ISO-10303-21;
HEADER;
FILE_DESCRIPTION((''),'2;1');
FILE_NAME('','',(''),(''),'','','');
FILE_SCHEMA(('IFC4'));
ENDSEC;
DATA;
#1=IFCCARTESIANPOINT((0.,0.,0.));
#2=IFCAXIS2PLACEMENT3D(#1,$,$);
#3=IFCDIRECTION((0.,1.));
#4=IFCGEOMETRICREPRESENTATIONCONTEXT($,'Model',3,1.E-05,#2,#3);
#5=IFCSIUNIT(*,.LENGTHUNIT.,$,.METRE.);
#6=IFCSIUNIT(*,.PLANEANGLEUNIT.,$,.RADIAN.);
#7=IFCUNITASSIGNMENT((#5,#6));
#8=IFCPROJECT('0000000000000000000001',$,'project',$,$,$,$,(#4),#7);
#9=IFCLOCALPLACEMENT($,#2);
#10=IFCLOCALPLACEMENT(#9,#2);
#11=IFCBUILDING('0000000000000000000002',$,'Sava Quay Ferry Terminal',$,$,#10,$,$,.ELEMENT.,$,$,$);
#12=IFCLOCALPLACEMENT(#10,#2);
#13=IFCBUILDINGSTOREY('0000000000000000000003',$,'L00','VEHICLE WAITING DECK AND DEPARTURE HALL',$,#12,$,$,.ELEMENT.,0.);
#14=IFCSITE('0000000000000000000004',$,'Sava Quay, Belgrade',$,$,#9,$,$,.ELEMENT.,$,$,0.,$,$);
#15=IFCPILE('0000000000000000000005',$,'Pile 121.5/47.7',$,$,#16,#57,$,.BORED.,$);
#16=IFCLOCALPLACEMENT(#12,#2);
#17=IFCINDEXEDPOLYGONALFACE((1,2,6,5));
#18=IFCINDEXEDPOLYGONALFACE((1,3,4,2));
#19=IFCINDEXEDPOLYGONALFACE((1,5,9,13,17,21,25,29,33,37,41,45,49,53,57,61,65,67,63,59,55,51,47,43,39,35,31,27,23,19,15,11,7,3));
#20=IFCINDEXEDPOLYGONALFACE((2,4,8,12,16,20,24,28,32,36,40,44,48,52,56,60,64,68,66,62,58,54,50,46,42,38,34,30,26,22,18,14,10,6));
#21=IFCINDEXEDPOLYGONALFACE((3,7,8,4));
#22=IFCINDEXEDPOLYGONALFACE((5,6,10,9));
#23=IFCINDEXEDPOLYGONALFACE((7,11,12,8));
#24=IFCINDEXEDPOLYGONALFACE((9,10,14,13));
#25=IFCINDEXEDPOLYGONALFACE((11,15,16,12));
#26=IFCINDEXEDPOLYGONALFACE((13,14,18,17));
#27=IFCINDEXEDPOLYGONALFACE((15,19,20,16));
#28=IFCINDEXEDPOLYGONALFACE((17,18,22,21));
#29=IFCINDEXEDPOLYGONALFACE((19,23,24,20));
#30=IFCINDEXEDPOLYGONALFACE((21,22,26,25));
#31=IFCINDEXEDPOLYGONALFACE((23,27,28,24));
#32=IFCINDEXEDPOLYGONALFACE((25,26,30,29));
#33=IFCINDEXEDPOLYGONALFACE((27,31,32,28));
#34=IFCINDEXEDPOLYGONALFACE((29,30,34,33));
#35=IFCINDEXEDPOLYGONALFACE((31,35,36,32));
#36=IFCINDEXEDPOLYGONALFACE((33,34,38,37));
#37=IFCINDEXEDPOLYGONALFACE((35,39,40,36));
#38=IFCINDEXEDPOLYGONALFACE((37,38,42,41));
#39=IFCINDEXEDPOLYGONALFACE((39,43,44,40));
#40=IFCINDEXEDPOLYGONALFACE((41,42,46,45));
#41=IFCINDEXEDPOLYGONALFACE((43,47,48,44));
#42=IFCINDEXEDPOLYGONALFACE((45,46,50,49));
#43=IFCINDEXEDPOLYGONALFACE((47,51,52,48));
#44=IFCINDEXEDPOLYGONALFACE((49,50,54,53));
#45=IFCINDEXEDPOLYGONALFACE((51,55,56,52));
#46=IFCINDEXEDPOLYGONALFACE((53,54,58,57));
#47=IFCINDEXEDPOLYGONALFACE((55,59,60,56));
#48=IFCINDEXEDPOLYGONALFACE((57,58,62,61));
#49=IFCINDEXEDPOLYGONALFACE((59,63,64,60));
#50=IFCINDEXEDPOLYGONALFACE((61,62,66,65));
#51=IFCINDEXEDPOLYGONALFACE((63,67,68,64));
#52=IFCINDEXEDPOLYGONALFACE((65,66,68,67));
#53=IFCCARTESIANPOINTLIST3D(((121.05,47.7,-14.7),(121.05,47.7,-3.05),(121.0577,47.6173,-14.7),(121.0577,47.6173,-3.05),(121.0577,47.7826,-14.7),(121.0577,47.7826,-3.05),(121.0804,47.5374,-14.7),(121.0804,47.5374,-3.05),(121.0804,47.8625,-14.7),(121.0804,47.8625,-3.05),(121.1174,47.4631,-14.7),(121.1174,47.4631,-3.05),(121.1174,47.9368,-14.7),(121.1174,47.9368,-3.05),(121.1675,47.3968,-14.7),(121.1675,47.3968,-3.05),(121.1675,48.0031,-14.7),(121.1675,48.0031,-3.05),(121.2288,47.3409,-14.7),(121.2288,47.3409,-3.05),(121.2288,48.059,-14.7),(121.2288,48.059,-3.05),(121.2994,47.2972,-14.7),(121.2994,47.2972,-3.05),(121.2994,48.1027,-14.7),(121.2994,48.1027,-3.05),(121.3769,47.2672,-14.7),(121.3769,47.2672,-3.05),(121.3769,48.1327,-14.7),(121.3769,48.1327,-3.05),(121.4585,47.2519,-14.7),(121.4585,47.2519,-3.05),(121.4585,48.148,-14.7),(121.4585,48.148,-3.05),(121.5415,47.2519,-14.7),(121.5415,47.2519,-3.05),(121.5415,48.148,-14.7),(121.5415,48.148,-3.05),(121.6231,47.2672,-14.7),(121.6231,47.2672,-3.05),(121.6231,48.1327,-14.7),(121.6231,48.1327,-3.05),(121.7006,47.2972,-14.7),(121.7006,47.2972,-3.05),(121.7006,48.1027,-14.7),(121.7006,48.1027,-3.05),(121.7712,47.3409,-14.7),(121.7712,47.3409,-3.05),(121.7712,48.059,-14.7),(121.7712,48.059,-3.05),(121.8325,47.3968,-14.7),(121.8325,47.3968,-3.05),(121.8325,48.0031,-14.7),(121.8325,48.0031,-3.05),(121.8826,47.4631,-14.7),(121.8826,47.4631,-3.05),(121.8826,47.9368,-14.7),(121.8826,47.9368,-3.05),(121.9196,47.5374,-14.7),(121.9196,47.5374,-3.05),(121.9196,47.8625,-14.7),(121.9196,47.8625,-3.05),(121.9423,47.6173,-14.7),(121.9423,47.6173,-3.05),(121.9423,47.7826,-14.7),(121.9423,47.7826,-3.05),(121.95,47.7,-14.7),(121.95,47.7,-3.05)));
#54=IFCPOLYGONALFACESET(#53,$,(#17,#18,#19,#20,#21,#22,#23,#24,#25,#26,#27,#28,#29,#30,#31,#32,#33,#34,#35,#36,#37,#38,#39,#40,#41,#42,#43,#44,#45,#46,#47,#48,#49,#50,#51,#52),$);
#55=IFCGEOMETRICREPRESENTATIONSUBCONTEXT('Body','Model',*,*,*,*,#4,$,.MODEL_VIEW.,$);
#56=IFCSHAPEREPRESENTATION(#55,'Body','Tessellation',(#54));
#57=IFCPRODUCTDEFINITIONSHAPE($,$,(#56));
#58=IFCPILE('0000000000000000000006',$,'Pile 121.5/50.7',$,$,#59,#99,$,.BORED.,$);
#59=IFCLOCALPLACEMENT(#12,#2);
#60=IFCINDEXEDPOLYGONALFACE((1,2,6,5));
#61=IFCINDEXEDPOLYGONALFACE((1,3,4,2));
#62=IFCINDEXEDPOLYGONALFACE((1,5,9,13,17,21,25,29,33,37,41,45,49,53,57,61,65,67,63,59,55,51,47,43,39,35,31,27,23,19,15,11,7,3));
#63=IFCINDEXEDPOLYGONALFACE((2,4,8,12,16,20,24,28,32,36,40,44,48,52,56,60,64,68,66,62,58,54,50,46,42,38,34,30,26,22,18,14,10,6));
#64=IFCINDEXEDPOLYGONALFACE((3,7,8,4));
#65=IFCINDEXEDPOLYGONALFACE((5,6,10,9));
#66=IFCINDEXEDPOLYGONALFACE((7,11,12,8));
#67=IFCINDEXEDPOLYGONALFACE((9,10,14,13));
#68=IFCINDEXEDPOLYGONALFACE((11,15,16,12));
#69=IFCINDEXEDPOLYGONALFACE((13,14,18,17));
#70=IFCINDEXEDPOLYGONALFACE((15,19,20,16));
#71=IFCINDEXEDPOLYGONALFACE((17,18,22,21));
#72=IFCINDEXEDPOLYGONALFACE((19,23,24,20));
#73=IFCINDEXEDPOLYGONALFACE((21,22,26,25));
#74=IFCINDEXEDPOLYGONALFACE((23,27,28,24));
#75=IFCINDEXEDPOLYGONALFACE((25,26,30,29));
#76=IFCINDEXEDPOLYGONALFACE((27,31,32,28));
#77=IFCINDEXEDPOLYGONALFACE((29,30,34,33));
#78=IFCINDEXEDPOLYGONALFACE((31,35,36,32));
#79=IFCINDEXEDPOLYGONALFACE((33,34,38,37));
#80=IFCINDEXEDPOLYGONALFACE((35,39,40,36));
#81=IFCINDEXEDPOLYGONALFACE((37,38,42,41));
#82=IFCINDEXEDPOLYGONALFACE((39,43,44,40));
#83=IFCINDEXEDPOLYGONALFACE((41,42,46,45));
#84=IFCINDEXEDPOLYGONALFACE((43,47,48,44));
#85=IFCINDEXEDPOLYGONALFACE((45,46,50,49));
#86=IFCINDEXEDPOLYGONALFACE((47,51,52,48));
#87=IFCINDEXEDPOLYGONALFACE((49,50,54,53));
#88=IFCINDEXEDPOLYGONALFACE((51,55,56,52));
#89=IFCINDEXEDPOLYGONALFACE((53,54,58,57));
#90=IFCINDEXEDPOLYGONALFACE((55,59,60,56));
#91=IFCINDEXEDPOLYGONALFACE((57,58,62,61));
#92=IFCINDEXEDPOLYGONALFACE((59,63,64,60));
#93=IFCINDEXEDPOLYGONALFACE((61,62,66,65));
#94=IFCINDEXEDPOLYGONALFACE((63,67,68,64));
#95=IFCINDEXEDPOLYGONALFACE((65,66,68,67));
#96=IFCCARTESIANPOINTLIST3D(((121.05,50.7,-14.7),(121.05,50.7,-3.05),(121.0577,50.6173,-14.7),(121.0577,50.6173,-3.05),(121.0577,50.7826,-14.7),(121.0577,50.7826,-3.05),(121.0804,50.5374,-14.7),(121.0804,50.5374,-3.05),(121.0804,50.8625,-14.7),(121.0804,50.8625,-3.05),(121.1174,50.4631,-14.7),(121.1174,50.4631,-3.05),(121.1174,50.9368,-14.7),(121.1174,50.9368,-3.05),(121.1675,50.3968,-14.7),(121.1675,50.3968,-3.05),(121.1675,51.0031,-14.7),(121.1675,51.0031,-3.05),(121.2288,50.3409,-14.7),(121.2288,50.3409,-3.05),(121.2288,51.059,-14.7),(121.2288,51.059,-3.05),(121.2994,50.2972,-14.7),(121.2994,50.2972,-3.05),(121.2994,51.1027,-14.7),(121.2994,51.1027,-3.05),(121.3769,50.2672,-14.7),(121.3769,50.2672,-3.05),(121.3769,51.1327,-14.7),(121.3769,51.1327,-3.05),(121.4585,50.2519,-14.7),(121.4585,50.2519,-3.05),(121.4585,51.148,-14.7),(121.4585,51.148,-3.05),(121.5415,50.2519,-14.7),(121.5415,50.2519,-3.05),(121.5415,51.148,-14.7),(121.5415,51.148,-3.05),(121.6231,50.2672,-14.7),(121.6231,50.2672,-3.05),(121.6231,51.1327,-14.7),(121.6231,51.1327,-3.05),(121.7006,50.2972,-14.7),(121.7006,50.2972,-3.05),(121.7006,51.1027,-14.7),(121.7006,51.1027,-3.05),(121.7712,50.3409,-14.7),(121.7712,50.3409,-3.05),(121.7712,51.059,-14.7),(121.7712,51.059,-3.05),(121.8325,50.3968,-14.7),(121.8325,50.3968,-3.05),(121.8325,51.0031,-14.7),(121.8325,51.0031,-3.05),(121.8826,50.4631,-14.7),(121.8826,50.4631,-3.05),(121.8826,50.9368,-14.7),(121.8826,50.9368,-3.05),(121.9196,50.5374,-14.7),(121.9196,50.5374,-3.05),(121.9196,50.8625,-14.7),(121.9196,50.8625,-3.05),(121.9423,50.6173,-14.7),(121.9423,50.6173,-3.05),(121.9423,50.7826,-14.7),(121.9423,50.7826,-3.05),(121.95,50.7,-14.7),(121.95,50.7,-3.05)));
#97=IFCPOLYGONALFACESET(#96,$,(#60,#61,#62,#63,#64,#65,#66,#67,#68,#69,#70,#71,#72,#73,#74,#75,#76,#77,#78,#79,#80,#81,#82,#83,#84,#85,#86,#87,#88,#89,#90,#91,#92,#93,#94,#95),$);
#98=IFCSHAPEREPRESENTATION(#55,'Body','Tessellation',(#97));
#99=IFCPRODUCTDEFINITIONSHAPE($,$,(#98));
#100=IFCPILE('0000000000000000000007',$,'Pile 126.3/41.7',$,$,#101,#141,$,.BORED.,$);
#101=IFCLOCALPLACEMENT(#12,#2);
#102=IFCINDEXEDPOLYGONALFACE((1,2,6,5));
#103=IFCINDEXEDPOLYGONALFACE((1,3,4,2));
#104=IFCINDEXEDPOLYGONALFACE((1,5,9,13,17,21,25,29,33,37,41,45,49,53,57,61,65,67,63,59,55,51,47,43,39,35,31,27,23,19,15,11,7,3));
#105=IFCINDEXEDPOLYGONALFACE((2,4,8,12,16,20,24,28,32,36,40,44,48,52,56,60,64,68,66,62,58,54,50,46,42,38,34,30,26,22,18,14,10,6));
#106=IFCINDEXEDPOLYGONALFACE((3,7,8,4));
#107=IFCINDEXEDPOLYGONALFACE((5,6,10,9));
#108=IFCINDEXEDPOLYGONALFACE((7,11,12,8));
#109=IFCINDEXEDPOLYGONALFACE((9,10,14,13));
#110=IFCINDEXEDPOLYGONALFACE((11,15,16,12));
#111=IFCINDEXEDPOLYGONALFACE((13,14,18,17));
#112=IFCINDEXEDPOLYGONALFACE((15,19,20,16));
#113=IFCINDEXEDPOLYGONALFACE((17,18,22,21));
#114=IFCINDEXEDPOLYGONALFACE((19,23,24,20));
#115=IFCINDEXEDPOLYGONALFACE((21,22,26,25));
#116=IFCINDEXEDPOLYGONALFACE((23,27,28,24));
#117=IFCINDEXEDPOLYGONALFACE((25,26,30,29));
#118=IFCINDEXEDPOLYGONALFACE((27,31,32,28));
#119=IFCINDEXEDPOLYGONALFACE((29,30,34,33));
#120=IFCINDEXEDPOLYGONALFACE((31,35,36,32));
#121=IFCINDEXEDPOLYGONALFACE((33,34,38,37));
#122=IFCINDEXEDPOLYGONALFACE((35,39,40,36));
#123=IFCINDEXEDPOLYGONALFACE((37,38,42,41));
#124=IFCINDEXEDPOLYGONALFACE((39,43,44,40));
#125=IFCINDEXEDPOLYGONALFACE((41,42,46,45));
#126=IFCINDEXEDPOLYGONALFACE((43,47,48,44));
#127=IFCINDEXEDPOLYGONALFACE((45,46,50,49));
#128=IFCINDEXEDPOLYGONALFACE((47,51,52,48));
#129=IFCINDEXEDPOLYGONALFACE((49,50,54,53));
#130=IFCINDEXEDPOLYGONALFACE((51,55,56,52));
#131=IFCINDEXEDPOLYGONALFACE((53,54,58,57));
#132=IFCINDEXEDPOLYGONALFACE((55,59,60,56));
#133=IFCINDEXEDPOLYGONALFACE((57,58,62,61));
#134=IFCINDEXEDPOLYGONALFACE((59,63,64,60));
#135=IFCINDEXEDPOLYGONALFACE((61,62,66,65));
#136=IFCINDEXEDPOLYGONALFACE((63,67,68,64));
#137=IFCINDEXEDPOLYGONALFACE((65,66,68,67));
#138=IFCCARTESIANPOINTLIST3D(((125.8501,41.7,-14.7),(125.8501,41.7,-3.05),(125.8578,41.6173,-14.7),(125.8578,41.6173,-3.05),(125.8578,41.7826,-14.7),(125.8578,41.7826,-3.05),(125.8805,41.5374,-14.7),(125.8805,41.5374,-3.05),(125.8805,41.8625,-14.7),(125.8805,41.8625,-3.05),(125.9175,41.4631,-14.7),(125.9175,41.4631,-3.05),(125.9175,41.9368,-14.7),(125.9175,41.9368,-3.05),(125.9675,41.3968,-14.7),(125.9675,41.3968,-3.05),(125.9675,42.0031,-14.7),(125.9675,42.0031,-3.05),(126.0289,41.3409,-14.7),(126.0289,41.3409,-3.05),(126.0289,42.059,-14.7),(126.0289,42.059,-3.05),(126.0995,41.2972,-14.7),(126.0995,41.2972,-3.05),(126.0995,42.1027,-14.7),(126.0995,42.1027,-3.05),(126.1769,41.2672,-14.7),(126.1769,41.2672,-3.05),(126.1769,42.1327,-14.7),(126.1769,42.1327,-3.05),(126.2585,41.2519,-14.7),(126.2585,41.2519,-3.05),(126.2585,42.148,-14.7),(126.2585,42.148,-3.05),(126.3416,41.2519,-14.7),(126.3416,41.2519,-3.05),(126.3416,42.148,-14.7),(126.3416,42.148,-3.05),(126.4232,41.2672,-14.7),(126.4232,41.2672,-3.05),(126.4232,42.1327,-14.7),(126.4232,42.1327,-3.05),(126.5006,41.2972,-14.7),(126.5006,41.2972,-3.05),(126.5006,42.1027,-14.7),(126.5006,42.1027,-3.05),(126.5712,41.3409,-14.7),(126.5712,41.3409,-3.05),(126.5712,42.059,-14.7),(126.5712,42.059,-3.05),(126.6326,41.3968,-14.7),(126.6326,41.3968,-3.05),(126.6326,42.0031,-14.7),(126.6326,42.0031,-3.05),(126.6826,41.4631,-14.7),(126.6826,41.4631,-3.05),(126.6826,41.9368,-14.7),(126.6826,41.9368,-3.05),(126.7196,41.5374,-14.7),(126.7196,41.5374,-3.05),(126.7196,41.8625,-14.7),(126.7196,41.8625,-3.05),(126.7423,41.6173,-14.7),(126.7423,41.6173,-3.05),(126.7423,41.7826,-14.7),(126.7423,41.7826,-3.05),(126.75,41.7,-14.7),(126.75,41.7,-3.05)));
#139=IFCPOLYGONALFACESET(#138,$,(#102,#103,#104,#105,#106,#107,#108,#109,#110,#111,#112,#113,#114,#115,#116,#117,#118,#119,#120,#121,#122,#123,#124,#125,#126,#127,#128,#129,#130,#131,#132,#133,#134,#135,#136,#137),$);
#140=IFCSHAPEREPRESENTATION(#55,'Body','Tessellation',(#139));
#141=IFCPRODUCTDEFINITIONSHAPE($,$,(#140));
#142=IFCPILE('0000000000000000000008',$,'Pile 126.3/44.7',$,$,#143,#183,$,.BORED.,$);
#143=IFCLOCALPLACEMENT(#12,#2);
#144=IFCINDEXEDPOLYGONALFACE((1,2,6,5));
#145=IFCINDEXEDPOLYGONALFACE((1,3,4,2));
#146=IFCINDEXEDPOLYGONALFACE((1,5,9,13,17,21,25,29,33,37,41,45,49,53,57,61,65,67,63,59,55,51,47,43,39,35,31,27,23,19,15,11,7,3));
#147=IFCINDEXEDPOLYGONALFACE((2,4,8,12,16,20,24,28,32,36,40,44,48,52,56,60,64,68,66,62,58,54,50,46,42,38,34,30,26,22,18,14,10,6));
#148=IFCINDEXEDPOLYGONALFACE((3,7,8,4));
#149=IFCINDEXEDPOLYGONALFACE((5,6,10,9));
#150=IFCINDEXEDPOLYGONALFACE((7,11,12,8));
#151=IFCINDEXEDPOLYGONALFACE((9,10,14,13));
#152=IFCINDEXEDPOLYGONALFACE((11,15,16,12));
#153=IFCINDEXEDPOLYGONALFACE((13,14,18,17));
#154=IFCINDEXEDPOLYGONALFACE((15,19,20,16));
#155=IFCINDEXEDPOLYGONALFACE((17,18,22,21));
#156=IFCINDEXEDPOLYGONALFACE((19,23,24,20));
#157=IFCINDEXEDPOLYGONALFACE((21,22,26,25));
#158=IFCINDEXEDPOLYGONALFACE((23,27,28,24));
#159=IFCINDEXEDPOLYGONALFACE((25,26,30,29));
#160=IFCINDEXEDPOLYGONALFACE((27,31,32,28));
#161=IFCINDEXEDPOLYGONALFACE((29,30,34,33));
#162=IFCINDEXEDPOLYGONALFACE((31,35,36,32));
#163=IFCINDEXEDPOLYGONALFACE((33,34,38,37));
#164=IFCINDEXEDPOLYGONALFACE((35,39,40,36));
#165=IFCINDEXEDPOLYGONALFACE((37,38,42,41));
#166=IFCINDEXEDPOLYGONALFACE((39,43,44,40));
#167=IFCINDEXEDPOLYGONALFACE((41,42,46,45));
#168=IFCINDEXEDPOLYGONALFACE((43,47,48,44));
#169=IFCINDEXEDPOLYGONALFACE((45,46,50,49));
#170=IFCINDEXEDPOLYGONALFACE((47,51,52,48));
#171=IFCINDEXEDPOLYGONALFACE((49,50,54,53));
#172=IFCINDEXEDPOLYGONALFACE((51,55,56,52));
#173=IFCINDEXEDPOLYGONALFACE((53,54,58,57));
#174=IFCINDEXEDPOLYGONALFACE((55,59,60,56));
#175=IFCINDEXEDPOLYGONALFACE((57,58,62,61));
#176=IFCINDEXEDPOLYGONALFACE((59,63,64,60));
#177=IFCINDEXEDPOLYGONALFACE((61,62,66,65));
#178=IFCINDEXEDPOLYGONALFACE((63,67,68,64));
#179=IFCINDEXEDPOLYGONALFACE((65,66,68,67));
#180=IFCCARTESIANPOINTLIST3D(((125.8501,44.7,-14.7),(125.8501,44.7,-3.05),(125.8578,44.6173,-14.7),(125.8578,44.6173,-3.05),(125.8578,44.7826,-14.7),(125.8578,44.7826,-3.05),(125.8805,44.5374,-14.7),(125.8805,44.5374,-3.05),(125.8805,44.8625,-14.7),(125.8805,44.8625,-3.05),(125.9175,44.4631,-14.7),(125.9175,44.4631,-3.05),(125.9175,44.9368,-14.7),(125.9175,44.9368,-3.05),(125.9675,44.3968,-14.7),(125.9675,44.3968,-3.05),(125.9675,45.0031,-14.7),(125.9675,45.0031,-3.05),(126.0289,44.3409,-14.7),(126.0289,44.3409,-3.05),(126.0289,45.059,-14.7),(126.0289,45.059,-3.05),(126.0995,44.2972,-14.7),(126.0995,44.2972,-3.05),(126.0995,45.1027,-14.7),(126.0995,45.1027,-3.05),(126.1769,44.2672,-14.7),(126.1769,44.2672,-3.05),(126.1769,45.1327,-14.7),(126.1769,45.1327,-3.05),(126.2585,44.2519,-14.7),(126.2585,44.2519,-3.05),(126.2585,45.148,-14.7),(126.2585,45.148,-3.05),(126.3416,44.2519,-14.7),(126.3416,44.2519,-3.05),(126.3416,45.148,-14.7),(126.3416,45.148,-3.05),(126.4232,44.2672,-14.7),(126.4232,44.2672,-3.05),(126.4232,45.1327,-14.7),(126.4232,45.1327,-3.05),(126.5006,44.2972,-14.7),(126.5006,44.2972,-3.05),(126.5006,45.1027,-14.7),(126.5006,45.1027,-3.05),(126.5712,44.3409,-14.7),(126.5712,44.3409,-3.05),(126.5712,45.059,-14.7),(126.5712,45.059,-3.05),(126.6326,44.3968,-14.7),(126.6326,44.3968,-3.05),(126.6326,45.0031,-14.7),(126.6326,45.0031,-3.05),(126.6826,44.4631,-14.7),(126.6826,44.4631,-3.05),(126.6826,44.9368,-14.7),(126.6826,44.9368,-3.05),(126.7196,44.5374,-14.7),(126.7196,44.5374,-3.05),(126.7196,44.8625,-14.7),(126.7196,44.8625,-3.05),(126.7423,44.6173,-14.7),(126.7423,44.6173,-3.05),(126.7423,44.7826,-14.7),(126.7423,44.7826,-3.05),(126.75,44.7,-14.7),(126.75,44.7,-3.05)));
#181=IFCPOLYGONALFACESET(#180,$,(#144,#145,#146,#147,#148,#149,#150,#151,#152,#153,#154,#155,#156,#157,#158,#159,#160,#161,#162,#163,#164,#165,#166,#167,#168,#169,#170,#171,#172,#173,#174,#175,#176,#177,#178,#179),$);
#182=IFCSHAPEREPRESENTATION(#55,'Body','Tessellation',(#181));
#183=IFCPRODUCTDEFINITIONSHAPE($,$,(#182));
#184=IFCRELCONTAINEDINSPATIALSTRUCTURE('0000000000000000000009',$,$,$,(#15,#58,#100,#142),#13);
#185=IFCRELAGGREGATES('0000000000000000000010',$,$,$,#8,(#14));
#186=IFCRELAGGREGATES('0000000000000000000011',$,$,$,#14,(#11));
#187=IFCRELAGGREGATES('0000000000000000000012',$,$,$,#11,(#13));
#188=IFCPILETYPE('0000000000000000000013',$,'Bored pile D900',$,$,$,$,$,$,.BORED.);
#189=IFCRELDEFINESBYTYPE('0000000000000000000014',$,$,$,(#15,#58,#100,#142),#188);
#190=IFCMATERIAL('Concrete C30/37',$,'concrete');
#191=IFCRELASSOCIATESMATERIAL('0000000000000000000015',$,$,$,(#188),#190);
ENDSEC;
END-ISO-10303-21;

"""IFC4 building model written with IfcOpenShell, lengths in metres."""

from ifc_helpers import new_model, si_unit, direction, frame, origin, origin_2d, place, context, subcontext, project, spatial, circle, extrude, material, material_profile, profile_set, type_object, element, save


model = new_model("IFC4")

# Units and contexts
model_context = context("Model", 3, precision=1e-05, world=origin(), true_north=direction((0.0, 1.0)))
body_context = subcontext(model_context, "Body", "Model", "MODEL_VIEW")
ifc_project = project(units=[si_unit("LENGTHUNIT", "METRE"), si_unit("PLANEANGLEUNIT", "RADIAN")], contexts=[model_context])

# Site, building, storey
site_placement = place(None, origin())
site = spatial("IfcSite", under=ifc_project, at=site_placement, Name="Sava Quay, Belgrade", CompositionType="ELEMENT", RefElevation=0.0)
building_placement = place(site_placement, origin())
building = spatial("IfcBuilding", under=site, at=building_placement, Name="Sava Quay Ferry Terminal", CompositionType="ELEMENT")
storey_placement = place(building_placement, origin())
storey = spatial("IfcBuildingStorey", under=building, at=storey_placement, Name="L00", Description="VEHICLE WAITING DECK AND DEPARTURE HALL", CompositionType="ELEMENT", Elevation=0.0)

# Piles
ifc_material_1 = material(Name="Concrete C30/37", Category="concrete")
ifc_material_profile_1 = material_profile(ifc_material_1, circle(Radius=0.45, at=origin_2d()), Name="Bored pile D900")
ifc_profile_set_1 = profile_set([ifc_material_profile_1], Name="Concrete C30/37")
pile_type = type_object("IfcPileType", Name="Bored pile D900", PredefinedType="BORED", material=ifc_profile_set_1)
for number, where, z_axis, x_axis, name in (
    (1, (121.5, 47.7, -3.05), (0.0, 0.0, -1.0), (1.0, 0.0, 0.0), "Pile 121.5/47.7"),
    (2, (121.5, 50.7, -3.05), (0.0, 0.0, -1.0), (1.0, 0.0, 0.0), "Pile 121.5/50.7"),
    (3, (126.3, 41.7, -3.05), (0.0, 0.0, -1.0), (1.0, 0.0, 0.0), "Pile 126.3/41.7"),
    (4, (126.3, 44.7, -3.05), (0.0, 0.0, -1.0), (1.0, 0.0, 0.0), "Pile 126.3/44.7"),
):
    element("IfcPile", number, at=place(storey_placement, frame(where, z_axis=z_axis, x_axis=x_axis)), inside=storey, type_object=pile_type, Name=name, PredefinedType="BORED", context=body_context, shape_type="SweptSolid", body=[
        extrude(circle(Radius=0.45, at=origin_2d()), origin(), (0.0, 0.0, 1.0), 11.6499),
    ])

save(model, "model.ifc")
